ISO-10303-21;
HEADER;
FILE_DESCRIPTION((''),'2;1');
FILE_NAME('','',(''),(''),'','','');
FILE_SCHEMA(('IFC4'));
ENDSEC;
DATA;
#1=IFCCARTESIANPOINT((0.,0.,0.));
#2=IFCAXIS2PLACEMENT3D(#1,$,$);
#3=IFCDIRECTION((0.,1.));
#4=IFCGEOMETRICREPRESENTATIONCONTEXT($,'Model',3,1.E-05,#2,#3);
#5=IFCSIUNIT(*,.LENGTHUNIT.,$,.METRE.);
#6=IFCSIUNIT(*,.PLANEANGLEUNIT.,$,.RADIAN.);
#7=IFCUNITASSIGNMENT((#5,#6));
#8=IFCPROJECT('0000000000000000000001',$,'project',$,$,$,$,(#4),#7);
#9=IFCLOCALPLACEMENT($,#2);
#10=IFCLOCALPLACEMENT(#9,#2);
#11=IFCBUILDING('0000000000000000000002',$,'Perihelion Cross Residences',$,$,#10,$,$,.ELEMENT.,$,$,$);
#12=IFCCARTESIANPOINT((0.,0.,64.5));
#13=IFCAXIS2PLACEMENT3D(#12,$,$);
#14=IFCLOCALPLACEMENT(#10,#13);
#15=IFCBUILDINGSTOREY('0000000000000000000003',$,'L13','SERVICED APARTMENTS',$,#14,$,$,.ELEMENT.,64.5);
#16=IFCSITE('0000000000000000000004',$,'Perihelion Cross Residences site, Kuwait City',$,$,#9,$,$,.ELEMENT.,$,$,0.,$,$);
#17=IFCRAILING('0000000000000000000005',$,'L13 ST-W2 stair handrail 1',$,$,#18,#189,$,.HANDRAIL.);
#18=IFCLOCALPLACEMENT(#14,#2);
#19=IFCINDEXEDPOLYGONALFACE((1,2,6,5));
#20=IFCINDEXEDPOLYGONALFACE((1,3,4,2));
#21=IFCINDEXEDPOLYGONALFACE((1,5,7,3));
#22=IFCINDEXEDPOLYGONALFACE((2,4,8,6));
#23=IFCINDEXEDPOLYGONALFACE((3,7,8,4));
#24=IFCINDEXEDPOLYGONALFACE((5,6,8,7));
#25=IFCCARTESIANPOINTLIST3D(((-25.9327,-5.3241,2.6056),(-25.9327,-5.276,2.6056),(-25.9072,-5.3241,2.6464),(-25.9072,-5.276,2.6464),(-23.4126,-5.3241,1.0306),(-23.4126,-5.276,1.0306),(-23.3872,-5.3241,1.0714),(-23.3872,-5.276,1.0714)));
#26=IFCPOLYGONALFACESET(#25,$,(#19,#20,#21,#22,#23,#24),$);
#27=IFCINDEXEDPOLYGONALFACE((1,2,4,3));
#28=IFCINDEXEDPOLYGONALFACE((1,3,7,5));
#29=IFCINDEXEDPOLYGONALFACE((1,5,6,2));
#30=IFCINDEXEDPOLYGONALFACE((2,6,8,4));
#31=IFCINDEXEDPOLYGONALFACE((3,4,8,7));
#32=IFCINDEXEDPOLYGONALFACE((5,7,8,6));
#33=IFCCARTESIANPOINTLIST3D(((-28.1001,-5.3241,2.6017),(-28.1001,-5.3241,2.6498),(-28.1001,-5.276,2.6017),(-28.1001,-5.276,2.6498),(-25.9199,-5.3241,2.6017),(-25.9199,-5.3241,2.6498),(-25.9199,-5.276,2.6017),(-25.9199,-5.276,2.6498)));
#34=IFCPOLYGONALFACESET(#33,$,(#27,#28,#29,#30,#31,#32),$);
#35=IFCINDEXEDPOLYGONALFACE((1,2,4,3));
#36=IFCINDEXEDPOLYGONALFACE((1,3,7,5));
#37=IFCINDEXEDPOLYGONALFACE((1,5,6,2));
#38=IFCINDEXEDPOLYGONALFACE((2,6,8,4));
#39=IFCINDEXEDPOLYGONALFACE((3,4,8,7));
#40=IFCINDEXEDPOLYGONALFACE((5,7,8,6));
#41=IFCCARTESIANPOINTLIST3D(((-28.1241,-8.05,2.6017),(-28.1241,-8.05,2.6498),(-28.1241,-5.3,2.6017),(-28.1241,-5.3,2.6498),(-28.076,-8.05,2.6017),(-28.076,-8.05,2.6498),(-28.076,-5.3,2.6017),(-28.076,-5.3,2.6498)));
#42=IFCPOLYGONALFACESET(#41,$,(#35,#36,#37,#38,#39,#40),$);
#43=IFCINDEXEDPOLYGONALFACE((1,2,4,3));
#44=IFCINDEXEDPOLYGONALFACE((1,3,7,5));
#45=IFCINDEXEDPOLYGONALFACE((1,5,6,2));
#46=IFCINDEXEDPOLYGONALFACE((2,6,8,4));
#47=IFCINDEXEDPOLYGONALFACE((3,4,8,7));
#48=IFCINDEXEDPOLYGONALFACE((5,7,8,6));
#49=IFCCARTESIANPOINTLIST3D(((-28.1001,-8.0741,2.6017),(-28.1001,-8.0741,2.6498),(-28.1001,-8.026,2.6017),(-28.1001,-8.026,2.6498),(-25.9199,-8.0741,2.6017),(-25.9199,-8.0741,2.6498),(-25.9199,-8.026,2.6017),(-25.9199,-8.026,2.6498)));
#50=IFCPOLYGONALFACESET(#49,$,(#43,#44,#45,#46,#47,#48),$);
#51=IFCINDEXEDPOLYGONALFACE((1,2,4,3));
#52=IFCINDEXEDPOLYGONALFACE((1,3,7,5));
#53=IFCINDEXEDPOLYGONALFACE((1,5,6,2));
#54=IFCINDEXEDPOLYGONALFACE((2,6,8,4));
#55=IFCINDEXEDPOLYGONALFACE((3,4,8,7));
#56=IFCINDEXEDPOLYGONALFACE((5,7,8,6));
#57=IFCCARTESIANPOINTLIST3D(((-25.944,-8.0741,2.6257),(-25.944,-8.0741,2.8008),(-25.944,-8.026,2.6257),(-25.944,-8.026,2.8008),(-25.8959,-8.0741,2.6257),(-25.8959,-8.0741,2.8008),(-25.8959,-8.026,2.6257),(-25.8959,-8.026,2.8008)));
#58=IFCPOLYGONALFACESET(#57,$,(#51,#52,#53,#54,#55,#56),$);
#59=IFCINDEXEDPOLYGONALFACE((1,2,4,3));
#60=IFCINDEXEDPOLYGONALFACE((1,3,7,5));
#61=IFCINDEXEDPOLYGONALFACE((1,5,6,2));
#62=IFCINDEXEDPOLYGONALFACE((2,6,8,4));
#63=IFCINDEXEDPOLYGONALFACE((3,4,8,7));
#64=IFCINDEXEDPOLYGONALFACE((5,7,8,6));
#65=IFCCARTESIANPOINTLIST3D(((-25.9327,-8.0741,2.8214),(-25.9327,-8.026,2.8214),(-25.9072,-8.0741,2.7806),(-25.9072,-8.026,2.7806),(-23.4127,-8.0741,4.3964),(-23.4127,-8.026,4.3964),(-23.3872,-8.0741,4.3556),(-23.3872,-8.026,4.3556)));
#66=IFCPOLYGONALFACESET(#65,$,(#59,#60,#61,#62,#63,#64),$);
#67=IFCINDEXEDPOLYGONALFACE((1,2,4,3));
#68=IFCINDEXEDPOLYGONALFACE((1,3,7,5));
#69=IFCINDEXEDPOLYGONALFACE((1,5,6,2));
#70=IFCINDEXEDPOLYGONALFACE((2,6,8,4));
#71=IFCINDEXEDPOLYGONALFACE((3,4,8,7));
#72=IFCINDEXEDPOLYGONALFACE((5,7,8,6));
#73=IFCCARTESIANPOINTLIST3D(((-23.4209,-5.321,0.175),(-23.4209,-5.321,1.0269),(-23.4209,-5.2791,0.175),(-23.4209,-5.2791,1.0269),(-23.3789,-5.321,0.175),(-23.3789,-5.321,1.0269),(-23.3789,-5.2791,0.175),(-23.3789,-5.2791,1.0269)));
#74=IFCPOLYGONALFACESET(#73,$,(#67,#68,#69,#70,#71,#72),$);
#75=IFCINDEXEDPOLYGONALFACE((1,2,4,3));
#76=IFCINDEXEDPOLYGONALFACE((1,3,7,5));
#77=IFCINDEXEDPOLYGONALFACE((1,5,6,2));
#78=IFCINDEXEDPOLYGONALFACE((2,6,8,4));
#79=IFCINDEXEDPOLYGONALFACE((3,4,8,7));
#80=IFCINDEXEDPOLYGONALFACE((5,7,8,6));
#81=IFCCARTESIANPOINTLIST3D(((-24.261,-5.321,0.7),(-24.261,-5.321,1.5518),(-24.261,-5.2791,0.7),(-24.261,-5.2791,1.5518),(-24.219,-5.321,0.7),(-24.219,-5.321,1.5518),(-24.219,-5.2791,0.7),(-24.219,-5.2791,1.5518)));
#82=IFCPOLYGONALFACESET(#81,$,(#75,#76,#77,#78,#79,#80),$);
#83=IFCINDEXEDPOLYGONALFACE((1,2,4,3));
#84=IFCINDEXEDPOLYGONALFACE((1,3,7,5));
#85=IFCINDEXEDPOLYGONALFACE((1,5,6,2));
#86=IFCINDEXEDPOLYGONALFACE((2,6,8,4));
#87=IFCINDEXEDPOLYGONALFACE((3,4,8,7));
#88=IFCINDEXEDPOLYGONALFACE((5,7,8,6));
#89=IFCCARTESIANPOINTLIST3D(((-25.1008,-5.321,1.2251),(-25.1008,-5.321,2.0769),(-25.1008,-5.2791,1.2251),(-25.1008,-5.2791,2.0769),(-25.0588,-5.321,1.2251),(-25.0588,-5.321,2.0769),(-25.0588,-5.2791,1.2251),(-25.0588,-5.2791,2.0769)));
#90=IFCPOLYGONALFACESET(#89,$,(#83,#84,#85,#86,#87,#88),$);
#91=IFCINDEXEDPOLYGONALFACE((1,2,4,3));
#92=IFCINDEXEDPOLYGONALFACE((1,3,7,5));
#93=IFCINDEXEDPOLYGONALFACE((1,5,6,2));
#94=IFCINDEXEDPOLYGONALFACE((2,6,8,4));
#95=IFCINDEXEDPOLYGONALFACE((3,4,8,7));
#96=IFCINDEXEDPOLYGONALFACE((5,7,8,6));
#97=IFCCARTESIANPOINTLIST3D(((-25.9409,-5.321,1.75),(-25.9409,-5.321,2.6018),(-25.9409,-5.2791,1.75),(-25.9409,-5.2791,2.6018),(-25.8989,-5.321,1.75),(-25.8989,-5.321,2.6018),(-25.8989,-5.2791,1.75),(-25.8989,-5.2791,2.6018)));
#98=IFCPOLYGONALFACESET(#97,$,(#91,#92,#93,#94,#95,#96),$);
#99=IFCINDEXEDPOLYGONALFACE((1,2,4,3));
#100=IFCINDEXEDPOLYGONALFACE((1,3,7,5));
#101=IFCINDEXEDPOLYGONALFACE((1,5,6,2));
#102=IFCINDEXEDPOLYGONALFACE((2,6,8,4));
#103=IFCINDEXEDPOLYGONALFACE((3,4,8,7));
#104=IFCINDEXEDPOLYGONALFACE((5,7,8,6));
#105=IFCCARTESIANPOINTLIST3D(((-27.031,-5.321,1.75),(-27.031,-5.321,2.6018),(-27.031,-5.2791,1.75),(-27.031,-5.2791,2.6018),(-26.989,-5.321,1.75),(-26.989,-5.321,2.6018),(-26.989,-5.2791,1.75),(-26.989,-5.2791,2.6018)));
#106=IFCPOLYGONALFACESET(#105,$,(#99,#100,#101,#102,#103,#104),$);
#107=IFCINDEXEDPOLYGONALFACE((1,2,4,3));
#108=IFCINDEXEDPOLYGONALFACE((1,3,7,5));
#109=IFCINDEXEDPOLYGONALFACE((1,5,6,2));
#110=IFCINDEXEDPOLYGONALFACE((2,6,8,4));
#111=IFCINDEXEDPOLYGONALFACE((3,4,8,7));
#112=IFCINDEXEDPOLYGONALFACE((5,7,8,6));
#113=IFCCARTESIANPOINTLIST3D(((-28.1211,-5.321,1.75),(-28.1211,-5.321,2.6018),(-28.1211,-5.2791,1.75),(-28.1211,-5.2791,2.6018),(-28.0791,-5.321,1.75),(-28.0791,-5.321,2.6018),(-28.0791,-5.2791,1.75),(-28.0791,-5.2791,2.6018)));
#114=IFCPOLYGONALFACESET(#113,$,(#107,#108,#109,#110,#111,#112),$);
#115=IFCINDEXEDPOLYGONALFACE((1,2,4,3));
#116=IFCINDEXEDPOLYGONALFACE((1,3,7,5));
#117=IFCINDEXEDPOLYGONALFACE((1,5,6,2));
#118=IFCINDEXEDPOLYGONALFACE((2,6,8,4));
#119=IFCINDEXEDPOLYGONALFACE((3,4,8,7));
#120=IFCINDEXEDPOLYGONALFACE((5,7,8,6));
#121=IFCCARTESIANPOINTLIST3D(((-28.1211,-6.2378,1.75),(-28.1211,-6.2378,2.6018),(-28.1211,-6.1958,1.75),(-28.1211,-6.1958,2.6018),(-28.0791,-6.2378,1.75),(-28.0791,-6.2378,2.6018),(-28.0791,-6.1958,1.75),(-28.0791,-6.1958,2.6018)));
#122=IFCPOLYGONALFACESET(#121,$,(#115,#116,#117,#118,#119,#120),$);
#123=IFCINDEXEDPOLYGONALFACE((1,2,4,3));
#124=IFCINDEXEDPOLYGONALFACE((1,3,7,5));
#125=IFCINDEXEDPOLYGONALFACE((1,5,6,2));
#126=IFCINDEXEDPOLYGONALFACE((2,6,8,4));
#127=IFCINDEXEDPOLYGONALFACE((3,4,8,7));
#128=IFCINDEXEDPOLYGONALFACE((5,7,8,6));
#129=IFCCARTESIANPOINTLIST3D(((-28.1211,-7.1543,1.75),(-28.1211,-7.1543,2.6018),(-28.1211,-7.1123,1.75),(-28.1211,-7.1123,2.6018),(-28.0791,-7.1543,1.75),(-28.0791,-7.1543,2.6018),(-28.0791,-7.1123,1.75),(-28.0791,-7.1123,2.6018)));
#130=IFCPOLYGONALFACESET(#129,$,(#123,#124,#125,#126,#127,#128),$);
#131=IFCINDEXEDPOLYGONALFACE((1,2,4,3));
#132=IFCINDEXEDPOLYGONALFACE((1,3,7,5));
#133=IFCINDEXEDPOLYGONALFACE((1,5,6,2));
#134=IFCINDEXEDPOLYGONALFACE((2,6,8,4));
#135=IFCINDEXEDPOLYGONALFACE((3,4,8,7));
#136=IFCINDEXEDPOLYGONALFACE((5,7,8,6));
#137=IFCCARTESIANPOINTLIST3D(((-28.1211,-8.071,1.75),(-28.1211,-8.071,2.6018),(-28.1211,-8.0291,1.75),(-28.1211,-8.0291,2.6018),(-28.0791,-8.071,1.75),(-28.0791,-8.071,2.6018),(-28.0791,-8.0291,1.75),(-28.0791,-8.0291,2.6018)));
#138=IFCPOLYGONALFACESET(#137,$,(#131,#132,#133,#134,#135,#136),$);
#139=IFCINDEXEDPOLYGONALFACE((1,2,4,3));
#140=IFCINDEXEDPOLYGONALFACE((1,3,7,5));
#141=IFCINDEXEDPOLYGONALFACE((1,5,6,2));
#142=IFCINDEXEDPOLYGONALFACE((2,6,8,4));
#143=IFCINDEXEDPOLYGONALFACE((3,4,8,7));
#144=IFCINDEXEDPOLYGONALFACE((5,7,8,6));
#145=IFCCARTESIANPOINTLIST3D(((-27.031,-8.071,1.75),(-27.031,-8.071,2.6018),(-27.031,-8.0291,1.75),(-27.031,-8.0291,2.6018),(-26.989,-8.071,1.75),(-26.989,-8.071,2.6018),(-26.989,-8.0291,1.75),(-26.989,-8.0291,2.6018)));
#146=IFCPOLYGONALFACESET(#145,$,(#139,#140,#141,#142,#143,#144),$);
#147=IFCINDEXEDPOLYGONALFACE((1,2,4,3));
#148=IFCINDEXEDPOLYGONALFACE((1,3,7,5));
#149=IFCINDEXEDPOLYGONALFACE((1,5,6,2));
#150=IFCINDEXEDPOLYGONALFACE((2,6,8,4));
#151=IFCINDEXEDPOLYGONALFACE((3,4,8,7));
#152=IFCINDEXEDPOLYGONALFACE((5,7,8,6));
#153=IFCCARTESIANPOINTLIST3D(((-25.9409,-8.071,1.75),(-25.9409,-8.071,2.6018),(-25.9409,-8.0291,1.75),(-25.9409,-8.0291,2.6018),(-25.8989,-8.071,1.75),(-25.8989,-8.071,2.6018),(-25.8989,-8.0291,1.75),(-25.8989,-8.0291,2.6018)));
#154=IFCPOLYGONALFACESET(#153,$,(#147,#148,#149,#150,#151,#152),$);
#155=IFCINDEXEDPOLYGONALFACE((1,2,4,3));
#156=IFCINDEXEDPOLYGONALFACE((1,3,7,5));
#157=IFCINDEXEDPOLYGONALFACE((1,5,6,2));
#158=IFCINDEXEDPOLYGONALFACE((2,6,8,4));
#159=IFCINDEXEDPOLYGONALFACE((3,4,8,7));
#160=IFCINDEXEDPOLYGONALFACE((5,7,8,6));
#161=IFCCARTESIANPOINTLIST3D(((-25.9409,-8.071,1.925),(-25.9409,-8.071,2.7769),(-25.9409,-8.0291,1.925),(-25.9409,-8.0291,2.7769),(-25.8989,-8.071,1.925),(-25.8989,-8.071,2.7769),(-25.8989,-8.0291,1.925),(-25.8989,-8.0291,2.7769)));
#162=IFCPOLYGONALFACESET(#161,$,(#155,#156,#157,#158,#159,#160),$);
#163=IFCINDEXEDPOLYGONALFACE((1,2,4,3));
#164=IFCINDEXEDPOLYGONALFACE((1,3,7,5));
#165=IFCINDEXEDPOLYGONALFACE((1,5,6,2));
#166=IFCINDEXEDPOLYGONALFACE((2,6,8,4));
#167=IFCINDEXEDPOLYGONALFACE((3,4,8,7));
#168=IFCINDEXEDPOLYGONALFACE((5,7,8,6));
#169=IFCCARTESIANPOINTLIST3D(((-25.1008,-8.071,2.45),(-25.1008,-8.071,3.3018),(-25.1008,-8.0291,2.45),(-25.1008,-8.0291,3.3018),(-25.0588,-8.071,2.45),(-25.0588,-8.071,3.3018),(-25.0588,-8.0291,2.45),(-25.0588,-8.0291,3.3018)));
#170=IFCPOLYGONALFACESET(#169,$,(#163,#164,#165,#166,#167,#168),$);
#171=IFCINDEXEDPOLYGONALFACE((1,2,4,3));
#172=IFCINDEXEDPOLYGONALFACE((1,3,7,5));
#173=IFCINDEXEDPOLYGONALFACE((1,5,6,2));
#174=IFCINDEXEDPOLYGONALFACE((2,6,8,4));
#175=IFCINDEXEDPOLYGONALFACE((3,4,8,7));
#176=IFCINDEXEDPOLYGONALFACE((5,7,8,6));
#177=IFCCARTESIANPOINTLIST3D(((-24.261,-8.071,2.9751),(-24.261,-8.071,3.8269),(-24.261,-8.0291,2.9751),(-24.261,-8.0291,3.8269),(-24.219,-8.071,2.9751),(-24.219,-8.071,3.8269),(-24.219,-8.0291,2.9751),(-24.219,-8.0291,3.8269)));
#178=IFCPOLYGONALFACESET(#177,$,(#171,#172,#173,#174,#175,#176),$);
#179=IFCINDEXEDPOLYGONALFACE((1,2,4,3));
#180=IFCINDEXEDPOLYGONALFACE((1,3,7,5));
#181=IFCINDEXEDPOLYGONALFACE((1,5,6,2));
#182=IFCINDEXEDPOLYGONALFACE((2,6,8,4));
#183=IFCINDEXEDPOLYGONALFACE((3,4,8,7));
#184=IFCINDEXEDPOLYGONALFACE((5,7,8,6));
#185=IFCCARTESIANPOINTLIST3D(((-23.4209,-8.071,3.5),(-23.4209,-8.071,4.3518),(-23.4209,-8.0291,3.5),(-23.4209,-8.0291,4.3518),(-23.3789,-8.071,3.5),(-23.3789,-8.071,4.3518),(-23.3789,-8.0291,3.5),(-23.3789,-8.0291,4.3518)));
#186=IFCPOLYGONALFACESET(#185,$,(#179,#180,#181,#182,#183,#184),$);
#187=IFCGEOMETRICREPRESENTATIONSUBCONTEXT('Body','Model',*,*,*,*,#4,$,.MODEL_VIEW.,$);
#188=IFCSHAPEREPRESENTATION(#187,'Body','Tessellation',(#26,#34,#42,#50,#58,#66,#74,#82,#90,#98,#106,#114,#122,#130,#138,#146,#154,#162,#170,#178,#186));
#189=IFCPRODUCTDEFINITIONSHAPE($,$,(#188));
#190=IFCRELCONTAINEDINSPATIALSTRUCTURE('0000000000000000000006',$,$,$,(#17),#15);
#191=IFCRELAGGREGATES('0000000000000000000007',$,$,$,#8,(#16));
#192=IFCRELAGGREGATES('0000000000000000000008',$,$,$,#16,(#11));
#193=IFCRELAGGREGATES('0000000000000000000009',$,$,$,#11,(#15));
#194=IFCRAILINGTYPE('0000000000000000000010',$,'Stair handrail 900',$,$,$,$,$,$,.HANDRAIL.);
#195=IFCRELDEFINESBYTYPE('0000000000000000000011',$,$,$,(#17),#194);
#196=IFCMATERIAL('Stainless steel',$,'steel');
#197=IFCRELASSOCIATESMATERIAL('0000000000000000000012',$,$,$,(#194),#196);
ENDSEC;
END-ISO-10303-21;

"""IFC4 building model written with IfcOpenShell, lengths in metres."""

from ifc_helpers import new_model, si_unit, direction, frame, origin, origin_2d, place, context, subcontext, project, spatial, rectangle, extrude, material, type_object, element, save


model = new_model("IFC4")

# Units and contexts
model_context = context("Model", 3, precision=1e-05, world=origin(), true_north=direction((0.0, 1.0)))
body_context = subcontext(model_context, "Body", "Model", "MODEL_VIEW")
ifc_project = project(units=[si_unit("LENGTHUNIT", "METRE"), si_unit("PLANEANGLEUNIT", "RADIAN")], contexts=[model_context])

# Site, building, storey
site_placement = place(None, origin())
site = spatial("IfcSite", under=ifc_project, at=site_placement, Name="Perihelion Cross Residences site, Kuwait City", CompositionType="ELEMENT", RefElevation=0.0)
building_placement = place(site_placement, origin())
building = spatial("IfcBuilding", under=site, at=building_placement, Name="Perihelion Cross Residences", CompositionType="ELEMENT")
storey_placement = place(building_placement, frame((0.0, 0.0, 64.5)))
storey = spatial("IfcBuildingStorey", under=building, at=storey_placement, Name="L13", Description="SERVICED APARTMENTS", CompositionType="ELEMENT", Elevation=64.5)

# Railing
ifc_material_1 = material(Name="Stainless steel", Category="steel")
railing_type_1 = type_object("IfcRailingType", Name="Stair handrail 900", PredefinedType="HANDRAIL", material=ifc_material_1)
railing_1_placement = place(storey_placement, frame((-23.3999, -5.3, 0.175)))
element("IfcRailing", 1, at=railing_1_placement, inside=storey, type_object=railing_type_1, Name="L13 ST-W2 stair handrail 1", PredefinedType="HANDRAIL", context=body_context, shape_type="SweptSolid", body=[
    extrude(rectangle(XDim=0.0481, YDim=0.0481, at=origin_2d()), frame((0.0, 0.0, 0.876), z_axis=(-0.848008, 0.0, 0.529984), x_axis=(0.0, -1.0, 0.0)), (0.0, 0.0, 1.0), 2.9717),
    extrude(rectangle(XDim=0.0481, YDim=0.0481, at=origin_2d()), frame((-2.52, 0.0, 2.4507), z_axis=(-1.0, 0.0, 0.0), x_axis=(0.0, -1.0, 0.0)), (0.0, 0.0, 1.0), 2.1802),
    extrude(rectangle(XDim=0.0481, YDim=0.0481, at=origin_2d()), frame((-4.7002, 0.0, 2.4507), z_axis=(0.0, -1.0, 0.0), x_axis=(1.0, 0.0, 0.0)), (0.0, 0.0, 1.0), 2.75),
    extrude(rectangle(XDim=0.0481, YDim=0.0481, at=origin_2d()), frame((-4.7002, -2.75, 2.4507), z_axis=(1.0, 0.0, 0.0), x_axis=(0.0, 1.0, 0.0)), (0.0, 0.0, 1.0), 2.1802),
    extrude(rectangle(XDim=0.0481, YDim=0.0481, at=origin_2d()), frame((-2.52, -2.75, 2.4507), z_axis=(0.0, 0.0, 1.0), x_axis=(1.0, 0.0, 0.0)), (0.0, 0.0, 1.0), 0.175),
    extrude(rectangle(XDim=0.0481, YDim=0.0481, at=origin_2d()), frame((-2.52, -2.75, 2.626), z_axis=(0.848008, 0.0, 0.529984), x_axis=(0.0, 1.0, 0.0)), (0.0, 0.0, 1.0), 2.9717),
    extrude(rectangle(XDim=0.042, YDim=0.042, at=origin_2d()), origin(), (0.0, 0.0, 1.0), 0.8518),
    extrude(rectangle(XDim=0.042, YDim=0.042, at=origin_2d()), frame((-0.8401, 0.0, 0.5249)), (0.0, 0.0, 1.0), 0.8518),
    extrude(rectangle(XDim=0.042, YDim=0.042, at=origin_2d()), frame((-1.6799, 0.0, 1.05)), (0.0, 0.0, 1.0), 0.8518),
    extrude(rectangle(XDim=0.042, YDim=0.042, at=origin_2d()), frame((-2.52, 0.0, 1.575)), (0.0, 0.0, 1.0), 0.8518),
    extrude(rectangle(XDim=0.042, YDim=0.042, at=origin_2d()), frame((-3.6101, 0.0, 1.575)), (0.0, 0.0, 1.0), 0.8518),
    extrude(rectangle(XDim=0.042, YDim=0.042, at=origin_2d()), frame((-4.7002, 0.0, 1.575)), (0.0, 0.0, 1.0), 0.8518),
    extrude(rectangle(XDim=0.042, YDim=0.042, at=origin_2d()), frame((-4.7002, -0.9167, 1.575)), (0.0, 0.0, 1.0), 0.8518),
    extrude(rectangle(XDim=0.042, YDim=0.042, at=origin_2d()), frame((-4.7002, -1.8333, 1.575)), (0.0, 0.0, 1.0), 0.8518),
    extrude(rectangle(XDim=0.042, YDim=0.042, at=origin_2d()), frame((-4.7002, -2.75, 1.575)), (0.0, 0.0, 1.0), 0.8518),
    extrude(rectangle(XDim=0.042, YDim=0.042, at=origin_2d()), frame((-3.6101, -2.75, 1.575)), (0.0, 0.0, 1.0), 0.8518),
    extrude(rectangle(XDim=0.042, YDim=0.042, at=origin_2d()), frame((-2.52, -2.75, 1.575)), (0.0, 0.0, 1.0), 0.8518),
    extrude(rectangle(XDim=0.042, YDim=0.042, at=origin_2d()), frame((-2.52, -2.75, 1.75)), (0.0, 0.0, 1.0), 0.8518),
    extrude(rectangle(XDim=0.042, YDim=0.042, at=origin_2d()), frame((-1.6799, -2.75, 2.2749)), (0.0, 0.0, 1.0), 0.8518),
    extrude(rectangle(XDim=0.042, YDim=0.042, at=origin_2d()), frame((-0.8401, -2.75, 2.8)), (0.0, 0.0, 1.0), 0.8518),
    extrude(rectangle(XDim=0.042, YDim=0.042, at=origin_2d()), frame((0.0, -2.75, 3.325)), (0.0, 0.0, 1.0), 0.8518),
])

save(model, "model.ifc")
